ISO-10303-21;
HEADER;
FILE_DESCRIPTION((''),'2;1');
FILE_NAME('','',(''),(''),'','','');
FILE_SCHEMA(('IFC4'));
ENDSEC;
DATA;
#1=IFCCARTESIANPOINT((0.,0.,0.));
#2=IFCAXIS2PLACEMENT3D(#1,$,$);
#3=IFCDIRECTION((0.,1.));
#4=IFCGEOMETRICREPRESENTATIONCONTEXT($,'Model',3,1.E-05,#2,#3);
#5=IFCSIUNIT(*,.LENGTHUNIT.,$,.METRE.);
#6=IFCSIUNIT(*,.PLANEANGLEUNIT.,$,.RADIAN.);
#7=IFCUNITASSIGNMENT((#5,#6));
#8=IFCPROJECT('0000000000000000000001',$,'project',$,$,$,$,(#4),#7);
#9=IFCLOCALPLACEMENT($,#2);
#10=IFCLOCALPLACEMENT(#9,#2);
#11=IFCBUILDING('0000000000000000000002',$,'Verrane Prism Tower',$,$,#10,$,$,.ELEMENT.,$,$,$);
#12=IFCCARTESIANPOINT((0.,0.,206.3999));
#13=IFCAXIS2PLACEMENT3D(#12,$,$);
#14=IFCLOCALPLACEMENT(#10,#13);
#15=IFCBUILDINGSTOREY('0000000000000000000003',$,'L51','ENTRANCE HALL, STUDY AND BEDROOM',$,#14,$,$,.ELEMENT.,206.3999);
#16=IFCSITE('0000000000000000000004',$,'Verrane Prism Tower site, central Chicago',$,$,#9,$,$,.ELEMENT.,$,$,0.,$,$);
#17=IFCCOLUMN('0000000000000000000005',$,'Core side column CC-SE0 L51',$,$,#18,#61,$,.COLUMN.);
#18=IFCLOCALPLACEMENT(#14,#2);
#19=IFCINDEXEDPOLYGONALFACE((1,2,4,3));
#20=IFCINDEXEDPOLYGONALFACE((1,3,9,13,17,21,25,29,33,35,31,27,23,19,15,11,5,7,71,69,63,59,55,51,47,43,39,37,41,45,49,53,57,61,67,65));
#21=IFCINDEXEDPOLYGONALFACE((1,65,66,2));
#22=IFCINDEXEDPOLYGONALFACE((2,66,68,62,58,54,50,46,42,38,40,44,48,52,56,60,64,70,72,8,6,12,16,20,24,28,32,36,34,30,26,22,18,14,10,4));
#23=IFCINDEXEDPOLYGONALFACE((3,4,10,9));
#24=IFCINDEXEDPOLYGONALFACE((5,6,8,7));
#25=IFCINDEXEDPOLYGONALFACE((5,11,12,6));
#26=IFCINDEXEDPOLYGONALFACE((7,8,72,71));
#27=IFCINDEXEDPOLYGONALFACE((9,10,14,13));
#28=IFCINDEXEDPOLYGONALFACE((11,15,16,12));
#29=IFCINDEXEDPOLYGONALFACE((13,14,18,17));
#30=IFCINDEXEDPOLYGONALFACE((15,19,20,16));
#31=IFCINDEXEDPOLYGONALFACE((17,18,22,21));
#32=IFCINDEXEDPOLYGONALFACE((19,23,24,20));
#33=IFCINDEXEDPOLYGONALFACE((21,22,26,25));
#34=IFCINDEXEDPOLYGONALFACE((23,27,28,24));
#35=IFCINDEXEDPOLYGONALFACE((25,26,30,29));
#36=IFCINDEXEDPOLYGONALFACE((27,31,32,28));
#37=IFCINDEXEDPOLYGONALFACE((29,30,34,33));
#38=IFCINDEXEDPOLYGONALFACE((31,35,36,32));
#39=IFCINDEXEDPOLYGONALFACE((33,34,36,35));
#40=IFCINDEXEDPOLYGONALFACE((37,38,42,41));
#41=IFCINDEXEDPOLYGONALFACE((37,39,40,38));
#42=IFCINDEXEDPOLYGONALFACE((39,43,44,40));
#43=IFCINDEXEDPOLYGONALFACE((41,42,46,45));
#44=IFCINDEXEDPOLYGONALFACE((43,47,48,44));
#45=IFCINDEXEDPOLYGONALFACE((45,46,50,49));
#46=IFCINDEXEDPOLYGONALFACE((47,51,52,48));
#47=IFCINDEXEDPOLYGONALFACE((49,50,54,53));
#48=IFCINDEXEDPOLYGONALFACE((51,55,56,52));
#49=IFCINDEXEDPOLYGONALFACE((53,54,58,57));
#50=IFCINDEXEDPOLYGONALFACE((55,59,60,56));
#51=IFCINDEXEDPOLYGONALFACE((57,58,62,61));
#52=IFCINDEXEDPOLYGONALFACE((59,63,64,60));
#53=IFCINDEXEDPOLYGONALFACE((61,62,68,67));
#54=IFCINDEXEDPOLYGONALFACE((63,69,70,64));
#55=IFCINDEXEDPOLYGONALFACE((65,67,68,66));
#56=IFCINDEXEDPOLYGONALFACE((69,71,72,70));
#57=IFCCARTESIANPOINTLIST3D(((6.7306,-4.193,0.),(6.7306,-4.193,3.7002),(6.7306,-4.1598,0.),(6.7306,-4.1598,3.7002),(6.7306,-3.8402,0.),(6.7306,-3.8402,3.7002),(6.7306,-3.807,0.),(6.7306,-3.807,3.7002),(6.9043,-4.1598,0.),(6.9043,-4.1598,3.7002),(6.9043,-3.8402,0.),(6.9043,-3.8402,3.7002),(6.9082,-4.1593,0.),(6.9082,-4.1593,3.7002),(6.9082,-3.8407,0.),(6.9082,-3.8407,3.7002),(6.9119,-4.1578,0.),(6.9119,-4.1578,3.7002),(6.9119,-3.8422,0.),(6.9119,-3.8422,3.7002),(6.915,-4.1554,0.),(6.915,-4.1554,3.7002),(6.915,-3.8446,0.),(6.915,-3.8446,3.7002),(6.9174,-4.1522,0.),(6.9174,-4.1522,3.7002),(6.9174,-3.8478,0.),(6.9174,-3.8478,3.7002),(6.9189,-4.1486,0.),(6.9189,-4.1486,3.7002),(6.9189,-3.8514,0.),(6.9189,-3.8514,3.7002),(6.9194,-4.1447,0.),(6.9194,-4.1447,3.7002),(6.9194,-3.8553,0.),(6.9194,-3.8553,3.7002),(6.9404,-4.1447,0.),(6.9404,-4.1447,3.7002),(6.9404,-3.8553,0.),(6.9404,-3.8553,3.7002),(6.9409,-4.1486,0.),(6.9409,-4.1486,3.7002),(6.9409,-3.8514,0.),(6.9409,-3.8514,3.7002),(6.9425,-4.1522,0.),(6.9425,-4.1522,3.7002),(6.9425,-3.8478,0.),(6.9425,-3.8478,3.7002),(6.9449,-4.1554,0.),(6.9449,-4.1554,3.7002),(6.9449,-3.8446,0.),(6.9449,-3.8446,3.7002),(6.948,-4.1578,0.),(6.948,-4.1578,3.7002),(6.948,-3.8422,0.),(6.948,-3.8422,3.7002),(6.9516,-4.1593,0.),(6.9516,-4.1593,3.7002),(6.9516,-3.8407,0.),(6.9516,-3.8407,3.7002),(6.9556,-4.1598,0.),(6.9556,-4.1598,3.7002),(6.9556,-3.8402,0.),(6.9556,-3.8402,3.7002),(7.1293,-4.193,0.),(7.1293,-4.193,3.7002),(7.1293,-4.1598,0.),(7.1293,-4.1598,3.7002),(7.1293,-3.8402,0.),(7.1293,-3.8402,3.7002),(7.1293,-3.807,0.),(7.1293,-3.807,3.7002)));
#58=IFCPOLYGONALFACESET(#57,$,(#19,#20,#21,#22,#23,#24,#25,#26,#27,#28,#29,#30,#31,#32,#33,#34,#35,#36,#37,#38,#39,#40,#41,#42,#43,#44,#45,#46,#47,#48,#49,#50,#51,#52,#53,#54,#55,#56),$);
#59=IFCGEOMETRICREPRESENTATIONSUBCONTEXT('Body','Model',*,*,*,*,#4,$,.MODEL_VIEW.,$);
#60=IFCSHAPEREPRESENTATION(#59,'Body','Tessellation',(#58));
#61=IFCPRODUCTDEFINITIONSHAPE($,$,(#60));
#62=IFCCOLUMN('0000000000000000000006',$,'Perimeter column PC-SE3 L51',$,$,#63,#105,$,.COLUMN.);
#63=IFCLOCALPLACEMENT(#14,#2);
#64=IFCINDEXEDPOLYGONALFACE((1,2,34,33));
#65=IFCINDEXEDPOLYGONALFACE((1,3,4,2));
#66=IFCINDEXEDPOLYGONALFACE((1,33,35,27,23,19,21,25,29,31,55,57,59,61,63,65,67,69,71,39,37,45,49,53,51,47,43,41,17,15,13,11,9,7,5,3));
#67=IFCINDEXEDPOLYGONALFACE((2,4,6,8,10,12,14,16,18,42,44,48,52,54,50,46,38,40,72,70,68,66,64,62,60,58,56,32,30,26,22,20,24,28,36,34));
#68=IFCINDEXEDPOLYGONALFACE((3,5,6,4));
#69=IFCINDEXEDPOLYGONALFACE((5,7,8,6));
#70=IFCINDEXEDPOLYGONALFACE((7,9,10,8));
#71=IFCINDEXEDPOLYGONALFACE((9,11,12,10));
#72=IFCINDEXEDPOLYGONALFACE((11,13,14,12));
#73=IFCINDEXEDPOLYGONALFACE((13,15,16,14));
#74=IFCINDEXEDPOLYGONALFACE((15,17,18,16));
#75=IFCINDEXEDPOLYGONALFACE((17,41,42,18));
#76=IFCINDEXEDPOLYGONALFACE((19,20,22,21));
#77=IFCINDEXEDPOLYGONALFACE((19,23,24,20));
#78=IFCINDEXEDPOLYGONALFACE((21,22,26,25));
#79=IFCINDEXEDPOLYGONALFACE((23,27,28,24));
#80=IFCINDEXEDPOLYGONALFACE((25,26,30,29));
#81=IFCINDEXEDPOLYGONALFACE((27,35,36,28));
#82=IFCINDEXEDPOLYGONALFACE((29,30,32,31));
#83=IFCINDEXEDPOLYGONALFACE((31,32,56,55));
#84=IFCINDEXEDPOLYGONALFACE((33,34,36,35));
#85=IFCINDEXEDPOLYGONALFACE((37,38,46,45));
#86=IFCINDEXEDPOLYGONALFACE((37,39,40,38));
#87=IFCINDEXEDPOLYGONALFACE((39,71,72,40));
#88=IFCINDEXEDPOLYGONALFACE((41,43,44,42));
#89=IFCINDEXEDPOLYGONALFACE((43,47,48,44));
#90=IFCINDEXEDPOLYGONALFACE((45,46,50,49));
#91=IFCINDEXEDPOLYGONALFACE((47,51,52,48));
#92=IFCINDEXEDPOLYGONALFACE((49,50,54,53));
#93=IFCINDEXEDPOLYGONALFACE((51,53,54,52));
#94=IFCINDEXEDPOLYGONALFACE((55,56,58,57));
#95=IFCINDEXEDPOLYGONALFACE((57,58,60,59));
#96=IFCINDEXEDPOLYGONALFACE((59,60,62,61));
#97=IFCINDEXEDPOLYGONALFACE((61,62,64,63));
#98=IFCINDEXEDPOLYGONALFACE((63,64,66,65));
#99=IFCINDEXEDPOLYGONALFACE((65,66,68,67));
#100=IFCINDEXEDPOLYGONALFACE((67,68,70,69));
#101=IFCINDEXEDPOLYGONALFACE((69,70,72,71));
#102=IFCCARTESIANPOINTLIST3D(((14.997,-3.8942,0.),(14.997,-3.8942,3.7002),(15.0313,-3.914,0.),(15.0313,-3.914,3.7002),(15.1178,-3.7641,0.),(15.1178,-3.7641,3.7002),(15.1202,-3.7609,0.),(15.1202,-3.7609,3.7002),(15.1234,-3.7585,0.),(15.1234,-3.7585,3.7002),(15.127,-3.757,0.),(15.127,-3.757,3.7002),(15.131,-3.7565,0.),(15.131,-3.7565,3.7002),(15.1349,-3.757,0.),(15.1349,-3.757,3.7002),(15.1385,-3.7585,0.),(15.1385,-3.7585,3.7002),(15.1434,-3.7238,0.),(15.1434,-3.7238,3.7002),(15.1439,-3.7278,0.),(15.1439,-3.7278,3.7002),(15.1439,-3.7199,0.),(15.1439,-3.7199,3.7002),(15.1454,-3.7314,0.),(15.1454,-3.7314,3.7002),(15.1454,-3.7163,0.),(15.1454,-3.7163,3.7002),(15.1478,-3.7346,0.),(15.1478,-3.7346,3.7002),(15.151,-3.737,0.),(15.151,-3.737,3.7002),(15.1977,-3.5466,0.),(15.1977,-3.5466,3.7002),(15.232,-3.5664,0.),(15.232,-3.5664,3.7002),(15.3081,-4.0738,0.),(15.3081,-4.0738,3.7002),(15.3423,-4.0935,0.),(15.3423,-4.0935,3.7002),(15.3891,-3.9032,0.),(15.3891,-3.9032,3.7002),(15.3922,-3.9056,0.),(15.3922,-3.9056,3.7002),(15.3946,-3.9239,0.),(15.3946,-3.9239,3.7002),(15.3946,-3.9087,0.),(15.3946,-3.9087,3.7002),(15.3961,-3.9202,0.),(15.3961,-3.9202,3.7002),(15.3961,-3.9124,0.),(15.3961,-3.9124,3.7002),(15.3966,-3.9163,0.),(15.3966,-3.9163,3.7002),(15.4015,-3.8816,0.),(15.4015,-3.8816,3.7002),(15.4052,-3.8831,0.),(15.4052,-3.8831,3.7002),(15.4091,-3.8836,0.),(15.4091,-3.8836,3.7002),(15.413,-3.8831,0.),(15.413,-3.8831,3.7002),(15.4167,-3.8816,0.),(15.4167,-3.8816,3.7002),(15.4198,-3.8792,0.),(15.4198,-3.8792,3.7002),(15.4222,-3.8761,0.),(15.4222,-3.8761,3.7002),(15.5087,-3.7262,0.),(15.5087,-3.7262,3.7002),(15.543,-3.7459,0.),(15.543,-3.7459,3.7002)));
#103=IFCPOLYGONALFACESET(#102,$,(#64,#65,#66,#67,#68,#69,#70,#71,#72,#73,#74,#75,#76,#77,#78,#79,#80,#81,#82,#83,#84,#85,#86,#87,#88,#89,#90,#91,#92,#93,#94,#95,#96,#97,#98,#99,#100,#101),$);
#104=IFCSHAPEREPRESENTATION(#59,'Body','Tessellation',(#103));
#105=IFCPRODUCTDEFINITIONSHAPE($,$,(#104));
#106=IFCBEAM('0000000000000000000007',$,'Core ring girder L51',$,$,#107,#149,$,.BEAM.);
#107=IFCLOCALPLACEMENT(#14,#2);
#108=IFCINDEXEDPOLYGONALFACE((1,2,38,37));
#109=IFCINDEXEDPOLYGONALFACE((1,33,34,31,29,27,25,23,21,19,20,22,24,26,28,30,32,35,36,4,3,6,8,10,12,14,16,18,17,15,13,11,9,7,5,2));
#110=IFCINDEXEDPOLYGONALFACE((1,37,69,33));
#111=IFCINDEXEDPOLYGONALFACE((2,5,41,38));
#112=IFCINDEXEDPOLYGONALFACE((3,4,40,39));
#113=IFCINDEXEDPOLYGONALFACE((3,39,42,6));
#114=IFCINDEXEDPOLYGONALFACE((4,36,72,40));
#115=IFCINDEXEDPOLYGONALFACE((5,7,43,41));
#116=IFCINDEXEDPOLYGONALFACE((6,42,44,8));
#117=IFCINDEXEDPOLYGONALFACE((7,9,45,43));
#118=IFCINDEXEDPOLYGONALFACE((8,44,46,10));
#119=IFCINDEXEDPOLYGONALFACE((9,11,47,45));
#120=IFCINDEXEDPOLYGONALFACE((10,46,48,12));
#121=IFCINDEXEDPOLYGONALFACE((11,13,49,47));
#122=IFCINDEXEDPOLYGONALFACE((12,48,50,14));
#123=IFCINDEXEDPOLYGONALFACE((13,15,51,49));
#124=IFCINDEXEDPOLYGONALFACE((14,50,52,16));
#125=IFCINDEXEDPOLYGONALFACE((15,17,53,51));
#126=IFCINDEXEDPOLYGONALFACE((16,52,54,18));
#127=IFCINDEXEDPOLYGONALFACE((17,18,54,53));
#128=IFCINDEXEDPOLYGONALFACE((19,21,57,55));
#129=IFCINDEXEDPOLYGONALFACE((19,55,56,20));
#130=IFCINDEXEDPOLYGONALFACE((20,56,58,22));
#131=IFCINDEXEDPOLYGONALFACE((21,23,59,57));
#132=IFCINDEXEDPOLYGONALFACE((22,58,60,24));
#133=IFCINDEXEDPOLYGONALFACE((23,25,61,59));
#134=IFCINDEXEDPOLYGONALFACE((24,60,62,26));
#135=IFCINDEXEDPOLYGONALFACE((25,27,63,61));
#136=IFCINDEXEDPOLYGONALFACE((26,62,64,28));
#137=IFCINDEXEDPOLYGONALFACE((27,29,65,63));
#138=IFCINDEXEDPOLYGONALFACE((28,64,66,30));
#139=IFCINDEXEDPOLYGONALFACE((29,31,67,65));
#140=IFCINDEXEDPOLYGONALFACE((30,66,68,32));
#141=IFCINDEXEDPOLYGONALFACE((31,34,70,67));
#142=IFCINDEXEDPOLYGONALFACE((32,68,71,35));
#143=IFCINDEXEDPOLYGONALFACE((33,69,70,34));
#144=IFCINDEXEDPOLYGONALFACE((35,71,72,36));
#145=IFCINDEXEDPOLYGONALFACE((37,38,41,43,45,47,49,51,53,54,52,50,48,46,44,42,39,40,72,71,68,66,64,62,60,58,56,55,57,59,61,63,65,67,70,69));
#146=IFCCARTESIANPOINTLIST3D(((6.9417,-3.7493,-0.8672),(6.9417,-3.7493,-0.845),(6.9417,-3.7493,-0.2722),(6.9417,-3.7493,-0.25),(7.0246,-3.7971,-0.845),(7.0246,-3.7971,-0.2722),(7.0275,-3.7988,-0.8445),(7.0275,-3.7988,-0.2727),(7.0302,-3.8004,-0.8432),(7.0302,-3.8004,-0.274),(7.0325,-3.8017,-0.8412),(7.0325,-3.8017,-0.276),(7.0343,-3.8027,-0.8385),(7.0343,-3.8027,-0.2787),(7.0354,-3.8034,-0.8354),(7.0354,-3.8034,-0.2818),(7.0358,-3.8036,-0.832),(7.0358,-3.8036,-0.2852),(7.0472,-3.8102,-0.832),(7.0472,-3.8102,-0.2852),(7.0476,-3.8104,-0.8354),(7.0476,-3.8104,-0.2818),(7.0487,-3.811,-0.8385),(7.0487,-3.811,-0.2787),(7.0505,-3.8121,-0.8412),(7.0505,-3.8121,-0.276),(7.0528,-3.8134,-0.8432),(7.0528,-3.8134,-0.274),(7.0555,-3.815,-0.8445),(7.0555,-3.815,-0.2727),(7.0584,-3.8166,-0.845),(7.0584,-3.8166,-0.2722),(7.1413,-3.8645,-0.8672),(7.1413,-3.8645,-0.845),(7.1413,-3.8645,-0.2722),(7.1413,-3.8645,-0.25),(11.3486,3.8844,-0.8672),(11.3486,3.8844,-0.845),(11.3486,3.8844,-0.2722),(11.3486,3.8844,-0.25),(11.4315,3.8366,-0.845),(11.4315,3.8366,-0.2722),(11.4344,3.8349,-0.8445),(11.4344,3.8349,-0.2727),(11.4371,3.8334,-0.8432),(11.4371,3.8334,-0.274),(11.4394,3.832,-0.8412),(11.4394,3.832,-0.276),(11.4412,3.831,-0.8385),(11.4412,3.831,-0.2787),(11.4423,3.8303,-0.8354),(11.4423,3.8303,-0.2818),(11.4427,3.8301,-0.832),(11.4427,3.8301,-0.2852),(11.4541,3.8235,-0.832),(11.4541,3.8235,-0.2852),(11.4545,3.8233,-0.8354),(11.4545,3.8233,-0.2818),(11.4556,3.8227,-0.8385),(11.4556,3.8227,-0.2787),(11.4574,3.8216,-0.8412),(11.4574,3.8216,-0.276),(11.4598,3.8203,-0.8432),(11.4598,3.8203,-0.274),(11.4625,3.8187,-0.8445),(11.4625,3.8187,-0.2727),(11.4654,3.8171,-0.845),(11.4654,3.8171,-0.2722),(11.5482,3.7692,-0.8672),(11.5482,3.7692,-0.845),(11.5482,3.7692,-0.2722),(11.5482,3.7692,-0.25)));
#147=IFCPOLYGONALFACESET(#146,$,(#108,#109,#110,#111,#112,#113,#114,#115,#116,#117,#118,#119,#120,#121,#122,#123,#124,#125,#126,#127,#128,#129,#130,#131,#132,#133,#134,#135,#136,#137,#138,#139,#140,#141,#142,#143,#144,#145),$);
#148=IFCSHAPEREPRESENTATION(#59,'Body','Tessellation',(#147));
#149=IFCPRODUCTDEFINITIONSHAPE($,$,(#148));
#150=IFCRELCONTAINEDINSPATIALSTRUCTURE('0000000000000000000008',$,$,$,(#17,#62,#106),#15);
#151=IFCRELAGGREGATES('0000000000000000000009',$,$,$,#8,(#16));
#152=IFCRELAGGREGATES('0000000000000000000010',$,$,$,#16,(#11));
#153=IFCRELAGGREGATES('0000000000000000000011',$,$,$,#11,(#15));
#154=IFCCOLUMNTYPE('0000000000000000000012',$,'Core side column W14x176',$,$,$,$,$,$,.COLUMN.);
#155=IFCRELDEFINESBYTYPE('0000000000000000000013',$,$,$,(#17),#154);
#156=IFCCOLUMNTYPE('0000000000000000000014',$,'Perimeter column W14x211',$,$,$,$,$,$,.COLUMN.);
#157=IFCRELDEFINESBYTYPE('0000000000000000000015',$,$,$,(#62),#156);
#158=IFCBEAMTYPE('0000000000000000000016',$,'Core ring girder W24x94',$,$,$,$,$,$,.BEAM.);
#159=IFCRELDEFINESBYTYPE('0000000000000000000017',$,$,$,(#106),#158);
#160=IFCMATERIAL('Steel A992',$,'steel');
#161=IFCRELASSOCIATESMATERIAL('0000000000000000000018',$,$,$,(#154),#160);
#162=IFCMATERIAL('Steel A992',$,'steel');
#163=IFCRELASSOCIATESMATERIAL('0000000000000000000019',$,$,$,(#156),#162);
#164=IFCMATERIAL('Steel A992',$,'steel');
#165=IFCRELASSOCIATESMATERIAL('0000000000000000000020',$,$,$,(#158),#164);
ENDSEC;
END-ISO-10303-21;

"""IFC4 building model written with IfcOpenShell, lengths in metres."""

from ifc_helpers import new_model, si_unit, direction, frame, origin, origin_2d, place, context, subcontext, project, spatial, i_section, extrude, material, material_profile, profile_set, type_object, element, save


model = new_model("IFC4")

# Units and contexts
model_context = context("Model", 3, precision=1e-05, world=origin(), true_north=direction((0.0, 1.0)))
body_context = subcontext(model_context, "Body", "Model", "MODEL_VIEW")
ifc_project = project(units=[si_unit("LENGTHUNIT", "METRE"), si_unit("PLANEANGLEUNIT", "RADIAN")], contexts=[model_context])

# Site, building, storey
site_placement = place(None, origin())
site = spatial("IfcSite", under=ifc_project, at=site_placement, Name="Verrane Prism Tower site, central Chicago", CompositionType="ELEMENT", RefElevation=0.0)
building_placement = place(site_placement, origin())
building = spatial("IfcBuilding", under=site, at=building_placement, Name="Verrane Prism Tower", CompositionType="ELEMENT")
storey_placement = place(building_placement, frame((0.0, 0.0, 206.3999)))
storey = spatial("IfcBuildingStorey", under=building, at=storey_placement, Name="L51", Description="ENTRANCE HALL, STUDY AND BEDROOM", CompositionType="ELEMENT", Elevation=206.3999)

# Columns
ifc_material_1 = material(Name="Steel A992", Category="steel")
ifc_material_profile_1 = material_profile(ifc_material_1, i_section(OverallWidth=0.3987, OverallDepth=0.386, WebThickness=0.021, FlangeThickness=0.0332, FilletRadius=0.0151, at=origin_2d()), Name="W14x176")
ifc_profile_set_1 = profile_set([ifc_material_profile_1], Name="Steel A992")
column_type_1 = type_object("IfcColumnType", Name="Core side column W14x176", PredefinedType="COLUMN", material=ifc_profile_set_1)
column_1_placement = place(storey_placement, frame((6.9299, -4.0, 0.0), z_axis=(0.0, 0.0, 1.0), x_axis=(1.0, 0.0, 0.0)))
element("IfcColumn", 1, at=column_1_placement, inside=storey, type_object=column_type_1, Name="Core side column CC-SE0 L51", PredefinedType="COLUMN", context=body_context, shape_type="SweptSolid", body=[
    extrude(i_section(OverallWidth=0.3987, OverallDepth=0.386, WebThickness=0.021, FlangeThickness=0.0332, FilletRadius=0.0151, at=origin_2d()), origin(), (0.0, 0.0, 1.0), 3.7002),
])
ifc_material_2 = material(Name="Steel A992", Category="steel")
ifc_material_profile_2 = material_profile(ifc_material_2, i_section(OverallWidth=0.4014, OverallDepth=0.3987, WebThickness=0.0249, FlangeThickness=0.0396, FilletRadius=0.0151, at=origin_2d()), Name="W14x211")
ifc_profile_set_2 = profile_set([ifc_material_profile_2], Name="Steel A992")
column_type_2 = type_object("IfcColumnType", Name="Perimeter column W14x211", PredefinedType="COLUMN", material=ifc_profile_set_2)
column_2_placement = place(storey_placement, frame((15.27, -3.8201, 0.0), z_axis=(0.0, 0.0, 1.0), x_axis=(-0.5, -0.866025, 0.0)))
element("IfcColumn", 2, at=column_2_placement, inside=storey, type_object=column_type_2, Name="Perimeter column PC-SE3 L51", PredefinedType="COLUMN", context=body_context, shape_type="SweptSolid", body=[
    extrude(i_section(OverallWidth=0.4014, OverallDepth=0.3987, WebThickness=0.0249, FlangeThickness=0.0396, FilletRadius=0.0151, at=origin_2d()), origin(), (0.0, 0.0, 1.0), 3.7002),
])

# Beam
ifc_material_3 = material(Name="Steel A992", Category="steel")
ifc_material_profile_3 = material_profile(ifc_material_3, i_section(OverallWidth=0.2305, OverallDepth=0.6172, WebThickness=0.0132, FlangeThickness=0.0222, FilletRadius=0.0129, at=origin_2d()), Name="W24x94")
ifc_profile_set_3 = profile_set([ifc_material_profile_3], Name="Steel A992")
beam_type_1 = type_object("IfcBeamType", Name="Core ring girder W24x94", PredefinedType="BEAM", material=ifc_profile_set_3)
beam_1_placement = place(storey_placement, frame((7.0415, -3.8069, -0.5586), z_axis=(0.499967, 0.866044, 0.0), x_axis=(-0.866044, 0.499967, 0.0)))
element("IfcBeam", 3, at=beam_1_placement, inside=storey, type_object=beam_type_1, Name="Core ring girder L51", PredefinedType="BEAM", context=body_context, shape_type="SweptSolid", body=[
    extrude(i_section(OverallWidth=0.2305, OverallDepth=0.6172, WebThickness=0.0132, FlangeThickness=0.0222, FilletRadius=0.0129, at=origin_2d()), origin(), (0.0, 0.0, 1.0), 8.8145),
])

save(model, "model.ifc")
